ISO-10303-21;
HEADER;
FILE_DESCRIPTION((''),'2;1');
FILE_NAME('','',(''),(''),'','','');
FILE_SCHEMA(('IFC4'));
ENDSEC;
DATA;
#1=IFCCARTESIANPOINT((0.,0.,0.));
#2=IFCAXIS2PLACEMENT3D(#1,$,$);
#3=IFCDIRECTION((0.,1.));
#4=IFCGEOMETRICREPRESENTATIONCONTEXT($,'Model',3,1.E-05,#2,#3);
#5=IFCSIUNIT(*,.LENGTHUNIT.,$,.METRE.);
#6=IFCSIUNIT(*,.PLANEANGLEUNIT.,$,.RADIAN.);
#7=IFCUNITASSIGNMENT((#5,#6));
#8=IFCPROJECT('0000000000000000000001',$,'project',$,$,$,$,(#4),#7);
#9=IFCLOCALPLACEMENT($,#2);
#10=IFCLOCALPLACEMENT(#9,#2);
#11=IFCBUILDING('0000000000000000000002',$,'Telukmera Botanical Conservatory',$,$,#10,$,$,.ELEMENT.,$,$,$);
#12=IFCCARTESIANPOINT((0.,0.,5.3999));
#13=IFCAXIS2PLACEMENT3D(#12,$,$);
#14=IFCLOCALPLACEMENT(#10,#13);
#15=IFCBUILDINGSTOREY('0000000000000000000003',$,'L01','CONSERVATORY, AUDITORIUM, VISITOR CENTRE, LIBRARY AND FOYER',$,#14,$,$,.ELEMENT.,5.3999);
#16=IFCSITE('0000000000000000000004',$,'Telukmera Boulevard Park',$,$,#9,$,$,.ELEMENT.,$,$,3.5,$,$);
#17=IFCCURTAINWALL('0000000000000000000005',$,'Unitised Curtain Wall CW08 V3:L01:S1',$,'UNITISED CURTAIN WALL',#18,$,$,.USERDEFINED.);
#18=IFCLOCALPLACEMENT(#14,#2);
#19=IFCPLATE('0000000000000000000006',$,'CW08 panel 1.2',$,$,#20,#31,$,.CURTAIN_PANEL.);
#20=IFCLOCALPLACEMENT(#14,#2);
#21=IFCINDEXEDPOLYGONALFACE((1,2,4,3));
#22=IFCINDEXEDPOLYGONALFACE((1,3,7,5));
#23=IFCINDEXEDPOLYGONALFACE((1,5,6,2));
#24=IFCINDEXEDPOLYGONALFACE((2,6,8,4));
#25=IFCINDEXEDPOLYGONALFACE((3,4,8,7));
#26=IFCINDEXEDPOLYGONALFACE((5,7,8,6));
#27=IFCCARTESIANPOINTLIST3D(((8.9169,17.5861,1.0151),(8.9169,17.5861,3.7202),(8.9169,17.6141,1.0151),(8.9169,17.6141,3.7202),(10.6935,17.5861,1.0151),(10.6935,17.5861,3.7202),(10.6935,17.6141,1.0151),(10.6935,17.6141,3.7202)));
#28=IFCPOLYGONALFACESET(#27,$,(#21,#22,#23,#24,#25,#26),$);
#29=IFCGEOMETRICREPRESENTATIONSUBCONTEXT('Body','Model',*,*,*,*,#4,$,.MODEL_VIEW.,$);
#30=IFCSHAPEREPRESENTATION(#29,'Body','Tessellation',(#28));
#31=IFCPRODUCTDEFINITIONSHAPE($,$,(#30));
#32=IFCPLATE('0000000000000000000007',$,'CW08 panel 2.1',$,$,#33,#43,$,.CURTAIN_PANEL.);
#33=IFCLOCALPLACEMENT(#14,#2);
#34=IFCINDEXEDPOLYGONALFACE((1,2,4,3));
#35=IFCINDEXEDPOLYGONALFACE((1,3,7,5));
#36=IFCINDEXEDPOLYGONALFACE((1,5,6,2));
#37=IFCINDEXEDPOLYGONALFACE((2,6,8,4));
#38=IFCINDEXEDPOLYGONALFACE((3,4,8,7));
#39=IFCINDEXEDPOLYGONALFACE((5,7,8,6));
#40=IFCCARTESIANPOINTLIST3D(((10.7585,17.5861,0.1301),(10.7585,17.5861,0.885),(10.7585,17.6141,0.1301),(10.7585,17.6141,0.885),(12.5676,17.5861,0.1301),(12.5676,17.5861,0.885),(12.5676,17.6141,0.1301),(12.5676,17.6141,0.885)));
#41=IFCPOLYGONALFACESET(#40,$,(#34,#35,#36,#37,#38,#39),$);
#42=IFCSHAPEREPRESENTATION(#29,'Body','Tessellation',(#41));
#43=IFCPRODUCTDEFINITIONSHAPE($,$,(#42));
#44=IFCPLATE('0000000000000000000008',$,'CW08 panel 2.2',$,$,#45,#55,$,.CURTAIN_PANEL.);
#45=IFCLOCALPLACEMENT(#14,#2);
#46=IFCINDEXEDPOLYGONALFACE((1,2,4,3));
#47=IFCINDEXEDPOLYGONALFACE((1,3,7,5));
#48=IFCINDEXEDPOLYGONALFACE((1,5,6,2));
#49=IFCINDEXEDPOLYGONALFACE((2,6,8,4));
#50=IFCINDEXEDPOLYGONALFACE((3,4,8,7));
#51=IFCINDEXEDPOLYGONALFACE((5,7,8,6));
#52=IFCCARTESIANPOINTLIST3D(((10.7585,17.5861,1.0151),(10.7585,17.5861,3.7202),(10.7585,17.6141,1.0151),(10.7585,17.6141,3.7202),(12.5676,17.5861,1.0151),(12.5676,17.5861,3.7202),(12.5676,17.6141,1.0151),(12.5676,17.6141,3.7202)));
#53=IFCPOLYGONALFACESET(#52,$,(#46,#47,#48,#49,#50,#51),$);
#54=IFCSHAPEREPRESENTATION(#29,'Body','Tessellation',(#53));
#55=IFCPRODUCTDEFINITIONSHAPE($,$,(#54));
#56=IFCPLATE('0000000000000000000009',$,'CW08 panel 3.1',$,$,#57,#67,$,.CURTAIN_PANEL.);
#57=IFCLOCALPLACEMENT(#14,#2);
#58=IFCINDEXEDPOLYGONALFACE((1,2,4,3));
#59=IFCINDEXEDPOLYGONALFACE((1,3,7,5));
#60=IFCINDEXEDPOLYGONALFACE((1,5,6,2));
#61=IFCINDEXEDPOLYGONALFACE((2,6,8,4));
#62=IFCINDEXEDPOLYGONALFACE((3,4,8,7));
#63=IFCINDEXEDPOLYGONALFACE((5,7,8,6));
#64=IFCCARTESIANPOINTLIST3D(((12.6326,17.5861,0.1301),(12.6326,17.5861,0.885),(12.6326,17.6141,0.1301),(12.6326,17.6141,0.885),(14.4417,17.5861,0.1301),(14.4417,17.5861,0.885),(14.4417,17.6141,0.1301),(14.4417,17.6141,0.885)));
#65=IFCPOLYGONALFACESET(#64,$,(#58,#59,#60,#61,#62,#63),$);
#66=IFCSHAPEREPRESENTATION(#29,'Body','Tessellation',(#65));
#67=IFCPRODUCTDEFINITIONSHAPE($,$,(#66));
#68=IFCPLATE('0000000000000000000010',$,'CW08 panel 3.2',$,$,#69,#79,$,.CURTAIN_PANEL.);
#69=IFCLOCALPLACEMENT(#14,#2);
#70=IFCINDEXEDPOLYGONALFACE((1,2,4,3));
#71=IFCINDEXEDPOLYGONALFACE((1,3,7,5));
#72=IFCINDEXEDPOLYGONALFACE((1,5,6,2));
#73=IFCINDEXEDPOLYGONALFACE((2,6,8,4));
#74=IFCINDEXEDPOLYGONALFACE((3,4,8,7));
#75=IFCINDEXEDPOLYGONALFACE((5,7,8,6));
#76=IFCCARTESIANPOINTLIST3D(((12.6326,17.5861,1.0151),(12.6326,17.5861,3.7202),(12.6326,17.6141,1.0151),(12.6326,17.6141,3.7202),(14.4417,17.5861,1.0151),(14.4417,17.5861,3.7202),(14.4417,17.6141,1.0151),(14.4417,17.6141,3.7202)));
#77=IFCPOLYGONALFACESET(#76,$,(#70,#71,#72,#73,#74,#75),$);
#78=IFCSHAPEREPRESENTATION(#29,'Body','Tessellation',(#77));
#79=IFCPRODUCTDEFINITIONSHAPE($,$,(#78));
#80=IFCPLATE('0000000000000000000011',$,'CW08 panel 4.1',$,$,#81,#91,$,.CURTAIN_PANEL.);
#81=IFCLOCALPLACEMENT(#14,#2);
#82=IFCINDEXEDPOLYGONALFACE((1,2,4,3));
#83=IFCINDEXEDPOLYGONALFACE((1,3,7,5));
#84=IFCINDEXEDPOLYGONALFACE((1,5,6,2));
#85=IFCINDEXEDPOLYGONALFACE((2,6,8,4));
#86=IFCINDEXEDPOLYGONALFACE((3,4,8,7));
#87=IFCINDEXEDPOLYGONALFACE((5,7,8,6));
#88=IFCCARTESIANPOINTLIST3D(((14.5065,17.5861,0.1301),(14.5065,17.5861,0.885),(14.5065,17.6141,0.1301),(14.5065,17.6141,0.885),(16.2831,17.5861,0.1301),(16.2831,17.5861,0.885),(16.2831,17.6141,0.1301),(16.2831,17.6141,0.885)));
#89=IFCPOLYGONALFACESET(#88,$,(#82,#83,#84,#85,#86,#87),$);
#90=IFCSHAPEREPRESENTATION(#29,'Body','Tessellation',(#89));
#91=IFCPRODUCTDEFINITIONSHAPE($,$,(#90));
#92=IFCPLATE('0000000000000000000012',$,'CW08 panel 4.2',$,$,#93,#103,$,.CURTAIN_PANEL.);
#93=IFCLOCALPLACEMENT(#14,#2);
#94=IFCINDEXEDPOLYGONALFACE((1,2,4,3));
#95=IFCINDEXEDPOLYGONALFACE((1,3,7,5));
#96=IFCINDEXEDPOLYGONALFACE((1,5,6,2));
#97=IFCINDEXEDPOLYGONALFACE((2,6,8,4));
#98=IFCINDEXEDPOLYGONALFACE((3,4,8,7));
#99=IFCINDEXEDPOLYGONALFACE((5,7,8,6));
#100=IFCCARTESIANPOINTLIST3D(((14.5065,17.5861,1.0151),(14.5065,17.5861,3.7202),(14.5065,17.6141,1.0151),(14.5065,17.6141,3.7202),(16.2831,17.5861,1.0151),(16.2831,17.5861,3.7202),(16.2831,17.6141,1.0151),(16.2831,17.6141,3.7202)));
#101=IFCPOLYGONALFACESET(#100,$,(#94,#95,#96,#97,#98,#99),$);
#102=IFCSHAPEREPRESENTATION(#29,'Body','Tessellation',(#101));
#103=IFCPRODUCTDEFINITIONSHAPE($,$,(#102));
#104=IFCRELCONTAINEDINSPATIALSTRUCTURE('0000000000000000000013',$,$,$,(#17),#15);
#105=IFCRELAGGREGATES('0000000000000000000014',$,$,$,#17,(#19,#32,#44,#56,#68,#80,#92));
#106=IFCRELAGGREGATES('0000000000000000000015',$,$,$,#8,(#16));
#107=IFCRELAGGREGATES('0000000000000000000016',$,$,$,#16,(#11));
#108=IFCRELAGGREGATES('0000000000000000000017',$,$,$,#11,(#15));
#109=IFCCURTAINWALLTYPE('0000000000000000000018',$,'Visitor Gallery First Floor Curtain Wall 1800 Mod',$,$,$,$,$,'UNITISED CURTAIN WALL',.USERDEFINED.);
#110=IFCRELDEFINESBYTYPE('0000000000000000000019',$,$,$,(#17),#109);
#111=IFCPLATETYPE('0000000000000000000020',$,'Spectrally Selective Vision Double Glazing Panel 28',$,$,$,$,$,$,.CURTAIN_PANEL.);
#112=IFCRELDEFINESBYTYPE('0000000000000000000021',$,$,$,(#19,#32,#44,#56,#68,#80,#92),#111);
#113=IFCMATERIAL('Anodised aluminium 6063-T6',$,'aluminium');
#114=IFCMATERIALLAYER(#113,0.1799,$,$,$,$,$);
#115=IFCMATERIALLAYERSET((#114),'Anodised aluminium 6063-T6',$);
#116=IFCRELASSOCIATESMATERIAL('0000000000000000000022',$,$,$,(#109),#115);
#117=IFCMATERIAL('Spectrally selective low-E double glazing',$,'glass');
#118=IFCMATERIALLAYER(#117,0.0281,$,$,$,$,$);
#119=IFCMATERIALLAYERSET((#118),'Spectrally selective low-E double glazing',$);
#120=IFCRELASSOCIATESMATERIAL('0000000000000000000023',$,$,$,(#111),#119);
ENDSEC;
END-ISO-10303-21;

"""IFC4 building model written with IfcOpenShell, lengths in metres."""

from ifc_helpers import new_model, si_unit, direction, frame, origin, origin_2d, place, context, subcontext, project, spatial, rectangle, extrude, material, layer, layer_set, type_object, element, aggregate, save


model = new_model("IFC4")

# Units and contexts
model_context = context("Model", 3, precision=1e-05, world=origin(), true_north=direction((0.0, 1.0)))
body_context = subcontext(model_context, "Body", "Model", "MODEL_VIEW")
ifc_project = project(units=[si_unit("LENGTHUNIT", "METRE"), si_unit("PLANEANGLEUNIT", "RADIAN")], contexts=[model_context])

# Site, building, storey
site_placement = place(None, origin())
site = spatial("IfcSite", under=ifc_project, at=site_placement, Name="Telukmera Boulevard Park", CompositionType="ELEMENT", RefElevation=3.5)
building_placement = place(site_placement, origin())
building = spatial("IfcBuilding", under=site, at=building_placement, Name="Telukmera Botanical Conservatory", CompositionType="ELEMENT")
storey_placement = place(building_placement, frame((0.0, 0.0, 5.3999)))
storey = spatial("IfcBuildingStorey", under=building, at=storey_placement, Name="L01", Description="CONSERVATORY, AUDITORIUM, VISITOR CENTRE, LIBRARY AND FOYER", CompositionType="ELEMENT", Elevation=5.3999)

# Curtain wall, plates
ifc_material_1 = material(Name="Anodised aluminium 6063-T6", Category="aluminium")
ifc_layer_1 = layer(ifc_material_1, 0.1799)
ifc_layer_set_1 = layer_set([ifc_layer_1], Name="Anodised aluminium 6063-T6")
curtain_wall_type = type_object("IfcCurtainWallType", Name="Visitor Gallery First Floor Curtain Wall 1800 Mod", ElementType="UNITISED CURTAIN WALL", PredefinedType="USERDEFINED", material=ifc_layer_set_1)
curtain_wall_placement = place(storey_placement, origin())
curtain_wall = element("IfcCurtainWall", 1, at=curtain_wall_placement, inside=storey, type_object=curtain_wall_type, Name="Unitised Curtain Wall CW08 V3:L01:S1", ObjectType="UNITISED CURTAIN WALL", PredefinedType="USERDEFINED")
ifc_material_2 = material(Name="Spectrally selective low-E double glazing", Category="glass")
ifc_layer_2 = layer(ifc_material_2, 0.0281)
ifc_layer_set_2 = layer_set([ifc_layer_2], Name="Spectrally selective low-E double glazing")
plate_type = type_object("IfcPlateType", Name="Spectrally Selective Vision Double Glazing Panel 28", PredefinedType="CURTAIN_PANEL", material=ifc_layer_set_2)
plate_1_placement = place(storey_placement, frame((9.8052, 17.6001, 1.0151), z_axis=(0.0, 0.0, 1.0), x_axis=(1.0, 0.0, 0.0)))
plate_1 = element("IfcPlate", 2, at=plate_1_placement, type_object=plate_type, Name="CW08 panel 1.2", PredefinedType="CURTAIN_PANEL", context=body_context, shape_type="SweptSolid", body=[
    extrude(rectangle(XDim=1.7766, YDim=0.0281, at=origin_2d()), origin(), (0.0, 0.0, 1.0), 2.7051),
])
plate_2_placement = place(storey_placement, frame((11.6631, 17.6001, 0.1301), z_axis=(0.0, 0.0, 1.0), x_axis=(1.0, 0.0, 0.0)))
plate_2 = element("IfcPlate", 3, at=plate_2_placement, type_object=plate_type, Name="CW08 panel 2.1", PredefinedType="CURTAIN_PANEL", context=body_context, shape_type="SweptSolid", body=[
    extrude(rectangle(XDim=1.8091, YDim=0.0281, at=origin_2d()), origin(), (0.0, 0.0, 1.0), 0.7549),
])
plate_3_placement = place(storey_placement, frame((11.6631, 17.6001, 1.0151), z_axis=(0.0, 0.0, 1.0), x_axis=(1.0, 0.0, 0.0)))
plate_3 = element("IfcPlate", 4, at=plate_3_placement, type_object=plate_type, Name="CW08 panel 2.2", PredefinedType="CURTAIN_PANEL", context=body_context, shape_type="SweptSolid", body=[
    extrude(rectangle(XDim=1.8091, YDim=0.0281, at=origin_2d()), origin(), (0.0, 0.0, 1.0), 2.7051),
])
plate_4_placement = place(storey_placement, frame((13.5371, 17.6001, 0.1301), z_axis=(0.0, 0.0, 1.0), x_axis=(1.0, 0.0, 0.0)))
plate_4 = element("IfcPlate", 5, at=plate_4_placement, type_object=plate_type, Name="CW08 panel 3.1", PredefinedType="CURTAIN_PANEL", context=body_context, shape_type="SweptSolid", body=[
    extrude(rectangle(XDim=1.8091, YDim=0.0281, at=origin_2d()), origin(), (0.0, 0.0, 1.0), 0.7549),
])
plate_5_placement = place(storey_placement, frame((13.5371, 17.6001, 1.0151), z_axis=(0.0, 0.0, 1.0), x_axis=(1.0, 0.0, 0.0)))
plate_5 = element("IfcPlate", 6, at=plate_5_placement, type_object=plate_type, Name="CW08 panel 3.2", PredefinedType="CURTAIN_PANEL", context=body_context, shape_type="SweptSolid", body=[
    extrude(rectangle(XDim=1.8091, YDim=0.0281, at=origin_2d()), origin(), (0.0, 0.0, 1.0), 2.7051),
])
plate_6_placement = place(storey_placement, frame((15.3948, 17.6001, 0.1301), z_axis=(0.0, 0.0, 1.0), x_axis=(1.0, 0.0, 0.0)))
plate_6 = element("IfcPlate", 7, at=plate_6_placement, type_object=plate_type, Name="CW08 panel 4.1", PredefinedType="CURTAIN_PANEL", context=body_context, shape_type="SweptSolid", body=[
    extrude(rectangle(XDim=1.7766, YDim=0.0281, at=origin_2d()), origin(), (0.0, 0.0, 1.0), 0.7549),
])
plate_7_placement = place(storey_placement, frame((15.3948, 17.6001, 1.0151), z_axis=(0.0, 0.0, 1.0), x_axis=(1.0, 0.0, 0.0)))
plate_7 = element("IfcPlate", 8, at=plate_7_placement, type_object=plate_type, Name="CW08 panel 4.2", PredefinedType="CURTAIN_PANEL", context=body_context, shape_type="SweptSolid", body=[
    extrude(rectangle(XDim=1.7766, YDim=0.0281, at=origin_2d()), origin(), (0.0, 0.0, 1.0), 2.7051),
])
aggregate(curtain_wall, [plate_1, plate_2, plate_3, plate_4, plate_5, plate_6, plate_7])

save(model, "model.ifc")
